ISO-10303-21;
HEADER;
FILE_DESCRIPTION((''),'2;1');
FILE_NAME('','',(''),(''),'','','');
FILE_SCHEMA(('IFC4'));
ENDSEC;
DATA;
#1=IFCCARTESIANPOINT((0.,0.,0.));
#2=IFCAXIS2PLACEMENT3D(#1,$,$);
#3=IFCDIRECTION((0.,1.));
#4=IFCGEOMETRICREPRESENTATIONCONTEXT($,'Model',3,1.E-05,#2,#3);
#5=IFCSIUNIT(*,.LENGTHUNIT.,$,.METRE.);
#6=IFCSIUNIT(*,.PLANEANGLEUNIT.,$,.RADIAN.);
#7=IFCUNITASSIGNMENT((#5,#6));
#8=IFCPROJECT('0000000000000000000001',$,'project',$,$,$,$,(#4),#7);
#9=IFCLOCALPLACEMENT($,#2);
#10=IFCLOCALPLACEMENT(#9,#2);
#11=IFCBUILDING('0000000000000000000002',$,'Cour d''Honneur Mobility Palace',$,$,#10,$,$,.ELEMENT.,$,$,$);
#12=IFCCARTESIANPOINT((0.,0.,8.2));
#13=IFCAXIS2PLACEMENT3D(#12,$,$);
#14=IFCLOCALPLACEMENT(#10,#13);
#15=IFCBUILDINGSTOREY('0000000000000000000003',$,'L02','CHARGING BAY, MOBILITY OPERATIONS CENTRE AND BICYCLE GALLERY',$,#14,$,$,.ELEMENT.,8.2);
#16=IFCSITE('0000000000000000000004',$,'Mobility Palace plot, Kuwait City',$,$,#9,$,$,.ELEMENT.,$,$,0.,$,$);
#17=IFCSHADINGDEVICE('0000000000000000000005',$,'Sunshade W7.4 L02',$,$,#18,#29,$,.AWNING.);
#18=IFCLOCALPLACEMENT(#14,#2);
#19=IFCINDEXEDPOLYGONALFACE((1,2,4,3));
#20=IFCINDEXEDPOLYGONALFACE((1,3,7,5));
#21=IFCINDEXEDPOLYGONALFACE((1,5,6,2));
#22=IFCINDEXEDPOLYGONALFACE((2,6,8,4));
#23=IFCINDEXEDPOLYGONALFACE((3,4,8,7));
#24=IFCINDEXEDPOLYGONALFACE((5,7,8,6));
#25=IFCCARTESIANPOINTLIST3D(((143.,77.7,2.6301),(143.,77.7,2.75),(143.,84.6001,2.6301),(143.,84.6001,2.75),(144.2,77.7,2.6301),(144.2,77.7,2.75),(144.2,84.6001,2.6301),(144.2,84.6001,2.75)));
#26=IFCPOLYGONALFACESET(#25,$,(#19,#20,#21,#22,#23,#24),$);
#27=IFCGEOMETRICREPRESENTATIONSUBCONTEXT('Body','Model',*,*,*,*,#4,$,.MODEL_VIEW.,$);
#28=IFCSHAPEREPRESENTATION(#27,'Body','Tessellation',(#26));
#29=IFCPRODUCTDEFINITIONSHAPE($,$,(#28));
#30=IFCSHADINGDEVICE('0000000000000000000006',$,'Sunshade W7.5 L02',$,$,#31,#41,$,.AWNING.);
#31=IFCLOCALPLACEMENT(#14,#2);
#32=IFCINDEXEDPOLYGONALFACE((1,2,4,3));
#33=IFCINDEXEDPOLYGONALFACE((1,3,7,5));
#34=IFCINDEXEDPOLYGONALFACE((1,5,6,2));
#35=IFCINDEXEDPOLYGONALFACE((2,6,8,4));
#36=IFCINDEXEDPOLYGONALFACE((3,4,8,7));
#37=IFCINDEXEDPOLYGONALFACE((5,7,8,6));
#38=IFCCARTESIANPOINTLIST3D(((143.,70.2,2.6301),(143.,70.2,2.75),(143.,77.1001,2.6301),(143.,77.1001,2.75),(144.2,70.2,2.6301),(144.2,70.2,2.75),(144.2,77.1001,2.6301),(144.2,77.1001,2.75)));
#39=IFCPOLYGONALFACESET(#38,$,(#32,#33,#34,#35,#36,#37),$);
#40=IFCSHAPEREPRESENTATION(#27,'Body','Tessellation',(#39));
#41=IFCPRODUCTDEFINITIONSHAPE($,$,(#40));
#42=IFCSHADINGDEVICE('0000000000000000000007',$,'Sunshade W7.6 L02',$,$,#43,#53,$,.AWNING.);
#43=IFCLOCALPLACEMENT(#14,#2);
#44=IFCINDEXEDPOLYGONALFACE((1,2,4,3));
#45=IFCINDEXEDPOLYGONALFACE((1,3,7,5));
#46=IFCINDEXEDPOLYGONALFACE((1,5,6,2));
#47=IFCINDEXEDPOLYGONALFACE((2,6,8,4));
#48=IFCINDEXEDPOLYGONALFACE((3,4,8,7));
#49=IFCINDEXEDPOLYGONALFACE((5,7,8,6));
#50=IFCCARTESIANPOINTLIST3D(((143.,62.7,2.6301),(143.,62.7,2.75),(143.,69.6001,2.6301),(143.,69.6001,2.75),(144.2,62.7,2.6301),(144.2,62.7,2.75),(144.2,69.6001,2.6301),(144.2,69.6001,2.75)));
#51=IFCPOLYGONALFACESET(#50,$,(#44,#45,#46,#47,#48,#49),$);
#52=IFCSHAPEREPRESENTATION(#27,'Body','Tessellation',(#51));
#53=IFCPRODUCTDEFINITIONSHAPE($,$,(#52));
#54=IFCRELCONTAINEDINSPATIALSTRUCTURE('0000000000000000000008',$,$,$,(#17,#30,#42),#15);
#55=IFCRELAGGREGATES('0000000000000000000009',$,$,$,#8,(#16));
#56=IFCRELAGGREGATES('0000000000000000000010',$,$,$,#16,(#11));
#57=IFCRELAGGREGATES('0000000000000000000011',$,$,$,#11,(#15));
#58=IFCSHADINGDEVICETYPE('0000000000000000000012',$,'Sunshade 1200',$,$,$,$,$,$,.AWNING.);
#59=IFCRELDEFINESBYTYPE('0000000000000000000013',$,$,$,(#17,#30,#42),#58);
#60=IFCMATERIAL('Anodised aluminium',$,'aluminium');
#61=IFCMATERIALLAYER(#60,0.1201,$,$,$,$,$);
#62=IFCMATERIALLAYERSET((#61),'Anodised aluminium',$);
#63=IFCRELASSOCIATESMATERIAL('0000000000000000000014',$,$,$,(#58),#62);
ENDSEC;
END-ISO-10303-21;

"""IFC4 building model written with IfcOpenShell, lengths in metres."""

from ifc_helpers import new_model, si_unit, direction, frame, origin, place, context, subcontext, project, spatial, polyline, outline, extrude, material, layer, layer_set, type_object, element, save


model = new_model("IFC4")

# Units and contexts
model_context = context("Model", 3, precision=1e-05, world=origin(), true_north=direction((0.0, 1.0)))
body_context = subcontext(model_context, "Body", "Model", "MODEL_VIEW")
ifc_project = project(units=[si_unit("LENGTHUNIT", "METRE"), si_unit("PLANEANGLEUNIT", "RADIAN")], contexts=[model_context])

# Site, building, storey
site_placement = place(None, origin())
site = spatial("IfcSite", under=ifc_project, at=site_placement, Name="Mobility Palace plot, Kuwait City", CompositionType="ELEMENT", RefElevation=0.0)
building_placement = place(site_placement, origin())
building = spatial("IfcBuilding", under=site, at=building_placement, Name="Cour d'Honneur Mobility Palace", CompositionType="ELEMENT")
storey_placement = place(building_placement, frame((0.0, 0.0, 8.2)))
storey = spatial("IfcBuildingStorey", under=building, at=storey_placement, Name="L02", Description="CHARGING BAY, MOBILITY OPERATIONS CENTRE AND BICYCLE GALLERY", CompositionType="ELEMENT", Elevation=8.2)

# Shading devices
ifc_material_1 = material(Name="Anodised aluminium", Category="aluminium")
ifc_layer_1 = layer(ifc_material_1, 0.1201)
ifc_layer_set_1 = layer_set([ifc_layer_1], Name="Anodised aluminium")
shading_device_type = type_object("IfcShadingDeviceType", Name="Sunshade 1200", PredefinedType="AWNING", material=ifc_layer_set_1)
shading_device_1_placement = place(storey_placement, frame((0.0, 0.0, 2.6301)))
element("IfcShadingDevice", 1, at=shading_device_1_placement, inside=storey, type_object=shading_device_type, Name="Sunshade W7.4 L02", PredefinedType="AWNING", context=body_context, shape_type="SweptSolid", body=[
    extrude(outline(polyline([(144.2, 84.6001), (144.2, 77.7), (143.0, 77.7), (143.0, 84.6001), (144.2, 84.6001)])), origin(), (0.0, 0.0, 1.0), 0.1199),
])
shading_device_2_placement = place(storey_placement, frame((0.0, 0.0, 2.6301)))
element("IfcShadingDevice", 2, at=shading_device_2_placement, inside=storey, type_object=shading_device_type, Name="Sunshade W7.5 L02", PredefinedType="AWNING", context=body_context, shape_type="SweptSolid", body=[
    extrude(outline(polyline([(144.2, 77.1001), (144.2, 70.2), (143.0, 70.2), (143.0, 77.1001), (144.2, 77.1001)])), origin(), (0.0, 0.0, 1.0), 0.1199),
])
shading_device_3_placement = place(storey_placement, frame((0.0, 0.0, 2.6301)))
element("IfcShadingDevice", 3, at=shading_device_3_placement, inside=storey, type_object=shading_device_type, Name="Sunshade W7.6 L02", PredefinedType="AWNING", context=body_context, shape_type="SweptSolid", body=[
    extrude(outline(polyline([(144.2, 69.6001), (144.2, 62.7), (143.0, 62.7), (143.0, 69.6001), (144.2, 69.6001)])), origin(), (0.0, 0.0, 1.0), 0.1199),
])

save(model, "model.ifc")
